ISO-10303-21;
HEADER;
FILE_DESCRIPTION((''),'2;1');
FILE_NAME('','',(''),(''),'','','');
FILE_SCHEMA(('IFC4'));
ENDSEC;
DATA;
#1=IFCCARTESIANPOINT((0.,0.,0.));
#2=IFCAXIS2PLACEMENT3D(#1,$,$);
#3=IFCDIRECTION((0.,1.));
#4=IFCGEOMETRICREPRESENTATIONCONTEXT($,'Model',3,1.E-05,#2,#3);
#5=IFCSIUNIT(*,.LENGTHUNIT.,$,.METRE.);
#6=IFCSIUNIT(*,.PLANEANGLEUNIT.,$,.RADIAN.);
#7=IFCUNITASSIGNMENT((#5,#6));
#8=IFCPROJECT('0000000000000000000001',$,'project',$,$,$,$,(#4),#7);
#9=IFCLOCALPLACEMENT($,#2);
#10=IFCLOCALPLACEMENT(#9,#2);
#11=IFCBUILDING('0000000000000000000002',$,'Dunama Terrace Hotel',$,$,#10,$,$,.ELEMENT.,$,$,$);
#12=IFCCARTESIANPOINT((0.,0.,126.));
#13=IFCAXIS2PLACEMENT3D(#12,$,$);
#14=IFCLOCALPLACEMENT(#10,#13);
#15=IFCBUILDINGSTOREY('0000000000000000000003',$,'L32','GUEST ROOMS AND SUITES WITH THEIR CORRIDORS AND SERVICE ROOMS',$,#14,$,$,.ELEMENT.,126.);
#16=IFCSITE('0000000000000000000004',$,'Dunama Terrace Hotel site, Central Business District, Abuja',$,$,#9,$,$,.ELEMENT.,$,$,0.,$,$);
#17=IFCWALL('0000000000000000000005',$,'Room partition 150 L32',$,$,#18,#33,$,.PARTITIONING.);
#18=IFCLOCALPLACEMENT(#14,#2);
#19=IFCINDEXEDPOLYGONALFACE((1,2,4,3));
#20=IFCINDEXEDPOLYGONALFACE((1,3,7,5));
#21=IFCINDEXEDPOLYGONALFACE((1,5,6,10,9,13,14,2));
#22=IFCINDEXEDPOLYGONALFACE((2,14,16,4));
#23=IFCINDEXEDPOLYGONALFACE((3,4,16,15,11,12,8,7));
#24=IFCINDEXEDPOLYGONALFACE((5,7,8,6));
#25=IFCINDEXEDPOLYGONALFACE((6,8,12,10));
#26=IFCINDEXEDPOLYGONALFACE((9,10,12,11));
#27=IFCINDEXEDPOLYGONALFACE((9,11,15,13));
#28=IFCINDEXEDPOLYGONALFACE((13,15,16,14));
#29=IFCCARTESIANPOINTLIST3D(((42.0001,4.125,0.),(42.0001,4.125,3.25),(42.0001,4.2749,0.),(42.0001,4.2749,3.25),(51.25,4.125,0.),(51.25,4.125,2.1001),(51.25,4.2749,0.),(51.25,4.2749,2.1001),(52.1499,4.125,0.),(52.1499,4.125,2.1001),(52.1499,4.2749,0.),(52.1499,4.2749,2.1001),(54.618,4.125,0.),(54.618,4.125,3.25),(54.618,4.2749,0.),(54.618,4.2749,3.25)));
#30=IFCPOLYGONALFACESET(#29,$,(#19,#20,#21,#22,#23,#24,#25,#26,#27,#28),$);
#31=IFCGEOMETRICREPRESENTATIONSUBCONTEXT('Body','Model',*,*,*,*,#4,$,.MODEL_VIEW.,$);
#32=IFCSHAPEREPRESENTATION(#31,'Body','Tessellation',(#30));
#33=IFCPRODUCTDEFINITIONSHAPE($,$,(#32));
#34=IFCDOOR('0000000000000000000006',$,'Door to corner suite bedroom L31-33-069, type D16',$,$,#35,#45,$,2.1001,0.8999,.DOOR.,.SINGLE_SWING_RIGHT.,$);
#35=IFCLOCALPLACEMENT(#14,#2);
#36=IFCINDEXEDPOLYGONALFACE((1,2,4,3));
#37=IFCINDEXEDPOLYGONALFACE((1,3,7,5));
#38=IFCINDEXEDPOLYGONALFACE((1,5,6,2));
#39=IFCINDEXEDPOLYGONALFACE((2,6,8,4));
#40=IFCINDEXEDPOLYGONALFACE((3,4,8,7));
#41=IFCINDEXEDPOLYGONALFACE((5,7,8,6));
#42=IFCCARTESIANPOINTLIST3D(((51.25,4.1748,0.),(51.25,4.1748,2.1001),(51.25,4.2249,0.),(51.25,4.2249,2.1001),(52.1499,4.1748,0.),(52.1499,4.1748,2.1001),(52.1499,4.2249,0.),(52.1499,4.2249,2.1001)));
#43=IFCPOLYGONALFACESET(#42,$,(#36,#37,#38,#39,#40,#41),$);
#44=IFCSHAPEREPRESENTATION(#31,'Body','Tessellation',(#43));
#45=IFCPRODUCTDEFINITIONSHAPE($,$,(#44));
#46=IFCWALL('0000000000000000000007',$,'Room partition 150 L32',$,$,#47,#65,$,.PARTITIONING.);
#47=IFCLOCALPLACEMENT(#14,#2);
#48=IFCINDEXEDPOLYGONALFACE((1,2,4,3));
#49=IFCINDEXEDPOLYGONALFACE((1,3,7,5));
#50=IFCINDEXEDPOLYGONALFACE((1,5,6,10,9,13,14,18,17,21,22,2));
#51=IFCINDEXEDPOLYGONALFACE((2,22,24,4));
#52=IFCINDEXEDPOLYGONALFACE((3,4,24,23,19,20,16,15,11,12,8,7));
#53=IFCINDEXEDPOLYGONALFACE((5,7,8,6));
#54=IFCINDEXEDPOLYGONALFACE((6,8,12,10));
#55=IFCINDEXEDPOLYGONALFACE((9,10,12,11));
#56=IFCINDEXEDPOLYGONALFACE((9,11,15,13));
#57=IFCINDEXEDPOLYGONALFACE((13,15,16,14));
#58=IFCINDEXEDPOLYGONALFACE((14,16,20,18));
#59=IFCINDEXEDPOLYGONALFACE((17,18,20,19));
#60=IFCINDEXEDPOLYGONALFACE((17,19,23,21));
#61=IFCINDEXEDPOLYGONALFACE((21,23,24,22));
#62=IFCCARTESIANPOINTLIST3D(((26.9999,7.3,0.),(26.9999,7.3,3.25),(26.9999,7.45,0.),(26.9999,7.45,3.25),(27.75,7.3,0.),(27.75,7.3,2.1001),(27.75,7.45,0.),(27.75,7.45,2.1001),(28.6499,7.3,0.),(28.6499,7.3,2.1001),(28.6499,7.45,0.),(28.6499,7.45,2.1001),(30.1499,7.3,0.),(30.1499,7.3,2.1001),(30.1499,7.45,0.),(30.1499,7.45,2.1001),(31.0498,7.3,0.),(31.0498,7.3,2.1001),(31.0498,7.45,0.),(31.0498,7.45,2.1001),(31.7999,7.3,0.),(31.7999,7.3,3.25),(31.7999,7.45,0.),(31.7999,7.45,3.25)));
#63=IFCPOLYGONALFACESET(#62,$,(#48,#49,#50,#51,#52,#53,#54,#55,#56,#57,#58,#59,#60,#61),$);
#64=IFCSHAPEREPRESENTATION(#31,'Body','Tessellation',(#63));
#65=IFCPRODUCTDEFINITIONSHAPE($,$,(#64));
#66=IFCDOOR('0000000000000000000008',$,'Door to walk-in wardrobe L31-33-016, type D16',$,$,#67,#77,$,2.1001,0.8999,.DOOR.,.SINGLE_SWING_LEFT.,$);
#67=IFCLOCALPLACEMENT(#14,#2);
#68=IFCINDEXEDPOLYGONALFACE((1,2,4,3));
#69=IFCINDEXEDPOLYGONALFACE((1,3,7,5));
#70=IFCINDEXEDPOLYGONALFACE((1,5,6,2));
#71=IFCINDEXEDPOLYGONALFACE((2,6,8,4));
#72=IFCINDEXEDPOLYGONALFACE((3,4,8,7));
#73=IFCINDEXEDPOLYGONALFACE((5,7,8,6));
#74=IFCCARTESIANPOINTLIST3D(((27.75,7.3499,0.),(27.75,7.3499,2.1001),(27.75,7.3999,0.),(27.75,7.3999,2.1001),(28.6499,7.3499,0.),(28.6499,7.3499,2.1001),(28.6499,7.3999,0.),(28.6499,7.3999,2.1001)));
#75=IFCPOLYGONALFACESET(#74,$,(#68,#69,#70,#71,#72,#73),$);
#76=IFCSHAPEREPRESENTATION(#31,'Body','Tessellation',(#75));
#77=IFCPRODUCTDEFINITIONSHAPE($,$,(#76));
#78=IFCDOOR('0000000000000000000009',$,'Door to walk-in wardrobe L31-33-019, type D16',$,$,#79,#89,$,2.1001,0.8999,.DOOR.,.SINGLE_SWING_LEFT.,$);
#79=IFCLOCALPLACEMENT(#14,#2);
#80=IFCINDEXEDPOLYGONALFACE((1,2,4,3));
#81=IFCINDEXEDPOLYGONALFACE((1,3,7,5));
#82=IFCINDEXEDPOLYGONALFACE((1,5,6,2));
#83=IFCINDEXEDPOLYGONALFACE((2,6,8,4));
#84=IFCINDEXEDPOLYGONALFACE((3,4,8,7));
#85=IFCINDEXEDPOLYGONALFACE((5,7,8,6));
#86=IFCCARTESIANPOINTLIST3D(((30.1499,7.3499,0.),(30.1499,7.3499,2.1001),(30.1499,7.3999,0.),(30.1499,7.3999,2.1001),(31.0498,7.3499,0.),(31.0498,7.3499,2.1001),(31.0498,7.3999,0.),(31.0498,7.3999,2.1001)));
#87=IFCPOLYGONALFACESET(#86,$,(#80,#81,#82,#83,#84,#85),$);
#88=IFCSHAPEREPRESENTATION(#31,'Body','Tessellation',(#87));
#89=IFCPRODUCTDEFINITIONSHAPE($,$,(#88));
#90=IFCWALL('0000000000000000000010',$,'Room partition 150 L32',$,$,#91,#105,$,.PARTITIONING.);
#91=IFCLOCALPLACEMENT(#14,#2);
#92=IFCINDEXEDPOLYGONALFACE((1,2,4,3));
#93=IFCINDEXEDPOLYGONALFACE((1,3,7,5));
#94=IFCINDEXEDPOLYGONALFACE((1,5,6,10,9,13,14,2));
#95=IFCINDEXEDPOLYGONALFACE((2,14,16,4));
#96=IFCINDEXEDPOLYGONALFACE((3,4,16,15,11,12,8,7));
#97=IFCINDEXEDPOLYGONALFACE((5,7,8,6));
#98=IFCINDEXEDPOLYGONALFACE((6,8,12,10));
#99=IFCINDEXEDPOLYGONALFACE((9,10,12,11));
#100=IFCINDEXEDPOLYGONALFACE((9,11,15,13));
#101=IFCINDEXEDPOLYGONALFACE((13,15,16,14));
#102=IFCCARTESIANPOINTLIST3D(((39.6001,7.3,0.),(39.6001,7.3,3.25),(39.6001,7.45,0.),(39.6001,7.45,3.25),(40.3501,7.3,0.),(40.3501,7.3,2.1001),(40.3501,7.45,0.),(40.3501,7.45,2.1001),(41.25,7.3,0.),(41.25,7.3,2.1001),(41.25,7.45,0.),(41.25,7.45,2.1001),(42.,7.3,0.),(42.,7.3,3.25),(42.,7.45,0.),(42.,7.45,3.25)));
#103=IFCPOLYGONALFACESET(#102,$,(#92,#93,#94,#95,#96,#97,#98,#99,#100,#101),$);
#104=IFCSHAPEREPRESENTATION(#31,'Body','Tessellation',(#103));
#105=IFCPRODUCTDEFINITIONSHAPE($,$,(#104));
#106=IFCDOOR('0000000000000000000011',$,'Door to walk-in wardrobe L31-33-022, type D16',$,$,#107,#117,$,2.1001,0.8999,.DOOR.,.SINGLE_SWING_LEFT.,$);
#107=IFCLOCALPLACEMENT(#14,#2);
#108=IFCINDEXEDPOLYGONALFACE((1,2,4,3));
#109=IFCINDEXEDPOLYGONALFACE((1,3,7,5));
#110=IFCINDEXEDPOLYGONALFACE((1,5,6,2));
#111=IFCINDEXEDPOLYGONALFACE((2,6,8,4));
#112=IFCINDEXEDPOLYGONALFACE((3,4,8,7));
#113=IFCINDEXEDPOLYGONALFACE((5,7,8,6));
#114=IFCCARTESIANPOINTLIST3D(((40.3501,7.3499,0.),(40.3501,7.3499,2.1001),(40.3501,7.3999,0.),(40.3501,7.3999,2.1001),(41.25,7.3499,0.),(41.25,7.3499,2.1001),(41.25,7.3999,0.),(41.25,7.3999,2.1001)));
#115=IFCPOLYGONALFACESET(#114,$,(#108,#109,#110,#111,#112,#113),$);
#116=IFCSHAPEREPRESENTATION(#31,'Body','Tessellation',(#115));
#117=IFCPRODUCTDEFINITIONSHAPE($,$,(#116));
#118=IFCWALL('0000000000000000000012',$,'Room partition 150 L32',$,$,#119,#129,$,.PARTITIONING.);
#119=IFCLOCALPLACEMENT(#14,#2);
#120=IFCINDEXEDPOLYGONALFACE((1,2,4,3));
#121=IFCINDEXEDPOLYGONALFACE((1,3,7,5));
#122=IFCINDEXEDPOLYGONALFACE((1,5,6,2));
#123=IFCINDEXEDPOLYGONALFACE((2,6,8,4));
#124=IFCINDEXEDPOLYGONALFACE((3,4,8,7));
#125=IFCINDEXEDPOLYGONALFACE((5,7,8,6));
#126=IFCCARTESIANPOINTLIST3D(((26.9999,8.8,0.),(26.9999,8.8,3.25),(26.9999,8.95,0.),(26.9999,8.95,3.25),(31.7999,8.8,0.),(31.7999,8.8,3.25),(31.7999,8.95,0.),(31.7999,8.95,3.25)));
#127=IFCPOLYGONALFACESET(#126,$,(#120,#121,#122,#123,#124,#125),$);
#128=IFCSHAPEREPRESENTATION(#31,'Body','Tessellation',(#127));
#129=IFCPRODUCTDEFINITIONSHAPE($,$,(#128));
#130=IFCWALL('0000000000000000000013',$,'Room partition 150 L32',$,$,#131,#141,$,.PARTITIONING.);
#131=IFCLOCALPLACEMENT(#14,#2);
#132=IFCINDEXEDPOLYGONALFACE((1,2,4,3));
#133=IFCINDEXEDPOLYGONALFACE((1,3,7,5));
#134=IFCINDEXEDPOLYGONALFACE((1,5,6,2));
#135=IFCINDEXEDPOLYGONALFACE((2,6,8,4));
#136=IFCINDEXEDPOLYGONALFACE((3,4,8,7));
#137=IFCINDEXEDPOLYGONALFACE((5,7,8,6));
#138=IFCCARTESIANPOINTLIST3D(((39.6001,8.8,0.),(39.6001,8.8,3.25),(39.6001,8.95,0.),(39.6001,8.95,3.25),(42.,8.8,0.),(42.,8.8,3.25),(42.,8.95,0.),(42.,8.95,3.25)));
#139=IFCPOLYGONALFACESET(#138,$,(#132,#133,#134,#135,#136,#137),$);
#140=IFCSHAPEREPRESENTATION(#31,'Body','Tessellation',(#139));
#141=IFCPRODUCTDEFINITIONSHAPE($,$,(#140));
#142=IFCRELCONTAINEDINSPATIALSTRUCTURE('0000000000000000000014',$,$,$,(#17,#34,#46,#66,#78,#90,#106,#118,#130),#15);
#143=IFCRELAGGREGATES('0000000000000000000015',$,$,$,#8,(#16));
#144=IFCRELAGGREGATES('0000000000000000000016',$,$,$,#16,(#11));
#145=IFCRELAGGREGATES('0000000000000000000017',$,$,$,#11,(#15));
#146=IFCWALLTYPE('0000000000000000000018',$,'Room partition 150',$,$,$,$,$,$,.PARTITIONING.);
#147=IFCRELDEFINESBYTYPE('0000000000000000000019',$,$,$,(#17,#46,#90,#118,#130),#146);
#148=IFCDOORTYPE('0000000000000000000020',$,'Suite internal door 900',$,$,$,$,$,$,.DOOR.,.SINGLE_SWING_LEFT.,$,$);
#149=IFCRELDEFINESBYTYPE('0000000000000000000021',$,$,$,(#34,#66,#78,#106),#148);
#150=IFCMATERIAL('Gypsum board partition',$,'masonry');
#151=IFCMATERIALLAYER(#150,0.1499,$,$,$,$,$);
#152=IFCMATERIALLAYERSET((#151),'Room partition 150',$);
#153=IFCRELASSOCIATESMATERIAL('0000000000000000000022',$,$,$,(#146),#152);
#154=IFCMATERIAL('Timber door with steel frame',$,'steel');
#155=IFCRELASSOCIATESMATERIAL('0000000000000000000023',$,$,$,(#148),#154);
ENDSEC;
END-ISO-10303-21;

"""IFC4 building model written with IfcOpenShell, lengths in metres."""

from ifc_helpers import new_model, si_unit, direction, frame, frame_2d, origin, place, context, subcontext, project, spatial, rectangle, extrude, material, layer, layer_set, type_object, element, fill, save


model = new_model("IFC4")

# Units and contexts
model_context = context("Model", 3, precision=1e-05, world=origin(), true_north=direction((0.0, 1.0)))
body_context = subcontext(model_context, "Body", "Model", "MODEL_VIEW")
ifc_project = project(units=[si_unit("LENGTHUNIT", "METRE"), si_unit("PLANEANGLEUNIT", "RADIAN")], contexts=[model_context])

# Site, building, storey
site_placement = place(None, origin())
site = spatial("IfcSite", under=ifc_project, at=site_placement, Name="Dunama Terrace Hotel site, Central Business District, Abuja", CompositionType="ELEMENT", RefElevation=0.0)
building_placement = place(site_placement, origin())
building = spatial("IfcBuilding", under=site, at=building_placement, Name="Dunama Terrace Hotel", CompositionType="ELEMENT")
storey_placement = place(building_placement, frame((0.0, 0.0, 126.0)))
storey = spatial("IfcBuildingStorey", under=building, at=storey_placement, Name="L32", Description="GUEST ROOMS AND SUITES WITH THEIR CORRIDORS AND SERVICE ROOMS", CompositionType="ELEMENT", Elevation=126.0)

# Shared definitions
ifc_material_1 = material(Name="Gypsum board partition", Category="masonry")
ifc_layer_1 = layer(ifc_material_1, 0.1499)
ifc_layer_set_1 = layer_set([ifc_layer_1], Name="Room partition 150")
wall_type_1 = type_object("IfcWallType", Name="Room partition 150", PredefinedType="PARTITIONING", material=ifc_layer_set_1)

# Wall, opening, door
wall_1_placement = place(storey_placement, frame((42.0, 4.2, 0.0), z_axis=(0.0, 0.0, 1.0), x_axis=(1.0, 0.0, 0.0)))
wall_1 = element("IfcWall", 1, at=wall_1_placement, inside=storey, type_object=wall_type_1, Name="Room partition 150 L32", PredefinedType="PARTITIONING", context=body_context, shape_type="SweptSolid", body=[
    extrude(rectangle(XDim=12.6179, YDim=0.1499, at=frame_2d((6.3091, 0.0))), origin(), (0.0, 0.0, 1.0), 3.25),
])
opening_1_placement = place(wall_1_placement, frame((9.25, 0.0, 0.0)))
opening_1 = element("IfcOpeningElement", 2, at=opening_1_placement, cuts=wall_1, PredefinedType="OPENING", context=body_context, shape_type="SweptSolid", body=[
    extrude(rectangle(XDim=0.8999, YDim=2.1001, at=frame_2d((0.45, 1.05))), frame((0.0, 0.085, 0.0), z_axis=(0.0, -1.0, 0.0), x_axis=(1.0, 0.0, 0.0)), (0.0, 0.0, 1.0), 0.1699),
])
ifc_material_2 = material(Name="Timber door with steel frame", Category="steel")
door_type_1 = type_object("IfcDoorType", Name="Suite internal door 900", OperationType="SINGLE_SWING_LEFT", PredefinedType="DOOR", material=ifc_material_2)
door_1_placement = place(opening_1_placement, frame((0.8999, 0.0, 0.0), z_axis=(0.0, 0.0, 1.0), x_axis=(-1.0, 0.0, 0.0)))
door_1 = element("IfcDoor", 3, at=door_1_placement, inside=storey, type_object=door_type_1, Name="Door to corner suite bedroom L31-33-069, type D16", OperationType="SINGLE_SWING_RIGHT", OverallHeight=2.1001, OverallWidth=0.8999, PredefinedType="DOOR", context=body_context, shape_type="SweptSolid", body=[
    extrude(rectangle(XDim=0.8999, YDim=2.1001, at=frame_2d((0.45, 1.05))), frame((0.0, 0.0251, 0.0), z_axis=(0.0, -1.0, 0.0), x_axis=(1.0, 0.0, 0.0)), (0.0, 0.0, 1.0), 0.05),
])
fill(opening_1, door_1)

# Wall, openings, doors
wall_2_placement = place(storey_placement, frame((27.0, 7.375, 0.0), z_axis=(0.0, 0.0, 1.0), x_axis=(1.0, 0.0, 0.0)))
wall_2 = element("IfcWall", 4, at=wall_2_placement, inside=storey, type_object=wall_type_1, Name="Room partition 150 L32", PredefinedType="PARTITIONING", context=body_context, shape_type="SweptSolid", body=[
    extrude(rectangle(XDim=4.8, YDim=0.1499, at=frame_2d((2.3999, 0.0))), origin(), (0.0, 0.0, 1.0), 3.25),
])
opening_2_placement = place(wall_2_placement, frame((0.75, 0.0, 0.0)))
opening_2 = element("IfcOpeningElement", 5, at=opening_2_placement, cuts=wall_2, PredefinedType="OPENING", context=body_context, shape_type="SweptSolid", body=[
    extrude(rectangle(XDim=0.8999, YDim=2.1001, at=frame_2d((0.45, 1.05))), frame((0.0, 0.085, 0.0), z_axis=(0.0, -1.0, 0.0), x_axis=(1.0, 0.0, 0.0)), (0.0, 0.0, 1.0), 0.1699),
])
opening_3_placement = place(wall_2_placement, frame((3.1499, 0.0, 0.0)))
opening_3 = element("IfcOpeningElement", 6, at=opening_3_placement, cuts=wall_2, PredefinedType="OPENING", context=body_context, shape_type="SweptSolid", body=[
    extrude(rectangle(XDim=0.8999, YDim=2.1001, at=frame_2d((0.45, 1.05))), frame((0.0, 0.085, 0.0), z_axis=(0.0, -1.0, 0.0), x_axis=(1.0, 0.0, 0.0)), (0.0, 0.0, 1.0), 0.1699),
])
door_2_placement = place(opening_2_placement, origin())
door_2 = element("IfcDoor", 7, at=door_2_placement, inside=storey, type_object=door_type_1, Name="Door to walk-in wardrobe L31-33-016, type D16", OperationType="SINGLE_SWING_LEFT", OverallHeight=2.1001, OverallWidth=0.8999, PredefinedType="DOOR", context=body_context, shape_type="SweptSolid", body=[
    extrude(rectangle(XDim=0.8999, YDim=2.1001, at=frame_2d((0.45, 1.05))), frame((0.0, 0.0249, 0.0), z_axis=(0.0, -1.0, 0.0), x_axis=(1.0, 0.0, 0.0)), (0.0, 0.0, 1.0), 0.05),
])
fill(opening_2, door_2)
door_3_placement = place(opening_3_placement, origin())
door_3 = element("IfcDoor", 8, at=door_3_placement, inside=storey, type_object=door_type_1, Name="Door to walk-in wardrobe L31-33-019, type D16", OperationType="SINGLE_SWING_LEFT", OverallHeight=2.1001, OverallWidth=0.8999, PredefinedType="DOOR", context=body_context, shape_type="SweptSolid", body=[
    extrude(rectangle(XDim=0.8999, YDim=2.1001, at=frame_2d((0.45, 1.05))), frame((0.0, 0.0249, 0.0), z_axis=(0.0, -1.0, 0.0), x_axis=(1.0, 0.0, 0.0)), (0.0, 0.0, 1.0), 0.05),
])
fill(opening_3, door_3)

# Wall, opening, door
wall_3_placement = place(storey_placement, frame((39.6001, 7.375, 0.0), z_axis=(0.0, 0.0, 1.0), x_axis=(1.0, 0.0, 0.0)))
wall_3 = element("IfcWall", 9, at=wall_3_placement, inside=storey, type_object=wall_type_1, Name="Room partition 150 L32", PredefinedType="PARTITIONING", context=body_context, shape_type="SweptSolid", body=[
    extrude(rectangle(XDim=2.3999, YDim=0.1499, at=frame_2d((1.2, 0.0))), origin(), (0.0, 0.0, 1.0), 3.25),
])
opening_4_placement = place(wall_3_placement, frame((0.75, 0.0, 0.0)))
opening_4 = element("IfcOpeningElement", 10, at=opening_4_placement, cuts=wall_3, PredefinedType="OPENING", context=body_context, shape_type="SweptSolid", body=[
    extrude(rectangle(XDim=0.8999, YDim=2.1001, at=frame_2d((0.45, 1.05))), frame((0.0, 0.085, 0.0), z_axis=(0.0, -1.0, 0.0), x_axis=(1.0, 0.0, 0.0)), (0.0, 0.0, 1.0), 0.1699),
])
door_4_placement = place(opening_4_placement, origin())
door_4 = element("IfcDoor", 11, at=door_4_placement, inside=storey, type_object=door_type_1, Name="Door to walk-in wardrobe L31-33-022, type D16", OperationType="SINGLE_SWING_LEFT", OverallHeight=2.1001, OverallWidth=0.8999, PredefinedType="DOOR", context=body_context, shape_type="SweptSolid", body=[
    extrude(rectangle(XDim=0.8999, YDim=2.1001, at=frame_2d((0.45, 1.05))), frame((0.0, 0.0249, 0.0), z_axis=(0.0, -1.0, 0.0), x_axis=(1.0, 0.0, 0.0)), (0.0, 0.0, 1.0), 0.05),
])
fill(opening_4, door_4)

# Walls
wall_4_placement = place(storey_placement, frame((27.0, 8.875, 0.0), z_axis=(0.0, 0.0, 1.0), x_axis=(1.0, 0.0, 0.0)))
element("IfcWall", 12, at=wall_4_placement, inside=storey, type_object=wall_type_1, Name="Room partition 150 L32", PredefinedType="PARTITIONING", context=body_context, shape_type="SweptSolid", body=[
    extrude(rectangle(XDim=4.8, YDim=0.1499, at=frame_2d((2.3999, 0.0))), origin(), (0.0, 0.0, 1.0), 3.25),
])
wall_5_placement = place(storey_placement, frame((39.6001, 8.875, 0.0), z_axis=(0.0, 0.0, 1.0), x_axis=(1.0, 0.0, 0.0)))
element("IfcWall", 13, at=wall_5_placement, inside=storey, type_object=wall_type_1, Name="Room partition 150 L32", PredefinedType="PARTITIONING", context=body_context, shape_type="SweptSolid", body=[
    extrude(rectangle(XDim=2.3999, YDim=0.1499, at=frame_2d((1.2, 0.0))), origin(), (0.0, 0.0, 1.0), 3.25),
])

save(model, "model.ifc")
